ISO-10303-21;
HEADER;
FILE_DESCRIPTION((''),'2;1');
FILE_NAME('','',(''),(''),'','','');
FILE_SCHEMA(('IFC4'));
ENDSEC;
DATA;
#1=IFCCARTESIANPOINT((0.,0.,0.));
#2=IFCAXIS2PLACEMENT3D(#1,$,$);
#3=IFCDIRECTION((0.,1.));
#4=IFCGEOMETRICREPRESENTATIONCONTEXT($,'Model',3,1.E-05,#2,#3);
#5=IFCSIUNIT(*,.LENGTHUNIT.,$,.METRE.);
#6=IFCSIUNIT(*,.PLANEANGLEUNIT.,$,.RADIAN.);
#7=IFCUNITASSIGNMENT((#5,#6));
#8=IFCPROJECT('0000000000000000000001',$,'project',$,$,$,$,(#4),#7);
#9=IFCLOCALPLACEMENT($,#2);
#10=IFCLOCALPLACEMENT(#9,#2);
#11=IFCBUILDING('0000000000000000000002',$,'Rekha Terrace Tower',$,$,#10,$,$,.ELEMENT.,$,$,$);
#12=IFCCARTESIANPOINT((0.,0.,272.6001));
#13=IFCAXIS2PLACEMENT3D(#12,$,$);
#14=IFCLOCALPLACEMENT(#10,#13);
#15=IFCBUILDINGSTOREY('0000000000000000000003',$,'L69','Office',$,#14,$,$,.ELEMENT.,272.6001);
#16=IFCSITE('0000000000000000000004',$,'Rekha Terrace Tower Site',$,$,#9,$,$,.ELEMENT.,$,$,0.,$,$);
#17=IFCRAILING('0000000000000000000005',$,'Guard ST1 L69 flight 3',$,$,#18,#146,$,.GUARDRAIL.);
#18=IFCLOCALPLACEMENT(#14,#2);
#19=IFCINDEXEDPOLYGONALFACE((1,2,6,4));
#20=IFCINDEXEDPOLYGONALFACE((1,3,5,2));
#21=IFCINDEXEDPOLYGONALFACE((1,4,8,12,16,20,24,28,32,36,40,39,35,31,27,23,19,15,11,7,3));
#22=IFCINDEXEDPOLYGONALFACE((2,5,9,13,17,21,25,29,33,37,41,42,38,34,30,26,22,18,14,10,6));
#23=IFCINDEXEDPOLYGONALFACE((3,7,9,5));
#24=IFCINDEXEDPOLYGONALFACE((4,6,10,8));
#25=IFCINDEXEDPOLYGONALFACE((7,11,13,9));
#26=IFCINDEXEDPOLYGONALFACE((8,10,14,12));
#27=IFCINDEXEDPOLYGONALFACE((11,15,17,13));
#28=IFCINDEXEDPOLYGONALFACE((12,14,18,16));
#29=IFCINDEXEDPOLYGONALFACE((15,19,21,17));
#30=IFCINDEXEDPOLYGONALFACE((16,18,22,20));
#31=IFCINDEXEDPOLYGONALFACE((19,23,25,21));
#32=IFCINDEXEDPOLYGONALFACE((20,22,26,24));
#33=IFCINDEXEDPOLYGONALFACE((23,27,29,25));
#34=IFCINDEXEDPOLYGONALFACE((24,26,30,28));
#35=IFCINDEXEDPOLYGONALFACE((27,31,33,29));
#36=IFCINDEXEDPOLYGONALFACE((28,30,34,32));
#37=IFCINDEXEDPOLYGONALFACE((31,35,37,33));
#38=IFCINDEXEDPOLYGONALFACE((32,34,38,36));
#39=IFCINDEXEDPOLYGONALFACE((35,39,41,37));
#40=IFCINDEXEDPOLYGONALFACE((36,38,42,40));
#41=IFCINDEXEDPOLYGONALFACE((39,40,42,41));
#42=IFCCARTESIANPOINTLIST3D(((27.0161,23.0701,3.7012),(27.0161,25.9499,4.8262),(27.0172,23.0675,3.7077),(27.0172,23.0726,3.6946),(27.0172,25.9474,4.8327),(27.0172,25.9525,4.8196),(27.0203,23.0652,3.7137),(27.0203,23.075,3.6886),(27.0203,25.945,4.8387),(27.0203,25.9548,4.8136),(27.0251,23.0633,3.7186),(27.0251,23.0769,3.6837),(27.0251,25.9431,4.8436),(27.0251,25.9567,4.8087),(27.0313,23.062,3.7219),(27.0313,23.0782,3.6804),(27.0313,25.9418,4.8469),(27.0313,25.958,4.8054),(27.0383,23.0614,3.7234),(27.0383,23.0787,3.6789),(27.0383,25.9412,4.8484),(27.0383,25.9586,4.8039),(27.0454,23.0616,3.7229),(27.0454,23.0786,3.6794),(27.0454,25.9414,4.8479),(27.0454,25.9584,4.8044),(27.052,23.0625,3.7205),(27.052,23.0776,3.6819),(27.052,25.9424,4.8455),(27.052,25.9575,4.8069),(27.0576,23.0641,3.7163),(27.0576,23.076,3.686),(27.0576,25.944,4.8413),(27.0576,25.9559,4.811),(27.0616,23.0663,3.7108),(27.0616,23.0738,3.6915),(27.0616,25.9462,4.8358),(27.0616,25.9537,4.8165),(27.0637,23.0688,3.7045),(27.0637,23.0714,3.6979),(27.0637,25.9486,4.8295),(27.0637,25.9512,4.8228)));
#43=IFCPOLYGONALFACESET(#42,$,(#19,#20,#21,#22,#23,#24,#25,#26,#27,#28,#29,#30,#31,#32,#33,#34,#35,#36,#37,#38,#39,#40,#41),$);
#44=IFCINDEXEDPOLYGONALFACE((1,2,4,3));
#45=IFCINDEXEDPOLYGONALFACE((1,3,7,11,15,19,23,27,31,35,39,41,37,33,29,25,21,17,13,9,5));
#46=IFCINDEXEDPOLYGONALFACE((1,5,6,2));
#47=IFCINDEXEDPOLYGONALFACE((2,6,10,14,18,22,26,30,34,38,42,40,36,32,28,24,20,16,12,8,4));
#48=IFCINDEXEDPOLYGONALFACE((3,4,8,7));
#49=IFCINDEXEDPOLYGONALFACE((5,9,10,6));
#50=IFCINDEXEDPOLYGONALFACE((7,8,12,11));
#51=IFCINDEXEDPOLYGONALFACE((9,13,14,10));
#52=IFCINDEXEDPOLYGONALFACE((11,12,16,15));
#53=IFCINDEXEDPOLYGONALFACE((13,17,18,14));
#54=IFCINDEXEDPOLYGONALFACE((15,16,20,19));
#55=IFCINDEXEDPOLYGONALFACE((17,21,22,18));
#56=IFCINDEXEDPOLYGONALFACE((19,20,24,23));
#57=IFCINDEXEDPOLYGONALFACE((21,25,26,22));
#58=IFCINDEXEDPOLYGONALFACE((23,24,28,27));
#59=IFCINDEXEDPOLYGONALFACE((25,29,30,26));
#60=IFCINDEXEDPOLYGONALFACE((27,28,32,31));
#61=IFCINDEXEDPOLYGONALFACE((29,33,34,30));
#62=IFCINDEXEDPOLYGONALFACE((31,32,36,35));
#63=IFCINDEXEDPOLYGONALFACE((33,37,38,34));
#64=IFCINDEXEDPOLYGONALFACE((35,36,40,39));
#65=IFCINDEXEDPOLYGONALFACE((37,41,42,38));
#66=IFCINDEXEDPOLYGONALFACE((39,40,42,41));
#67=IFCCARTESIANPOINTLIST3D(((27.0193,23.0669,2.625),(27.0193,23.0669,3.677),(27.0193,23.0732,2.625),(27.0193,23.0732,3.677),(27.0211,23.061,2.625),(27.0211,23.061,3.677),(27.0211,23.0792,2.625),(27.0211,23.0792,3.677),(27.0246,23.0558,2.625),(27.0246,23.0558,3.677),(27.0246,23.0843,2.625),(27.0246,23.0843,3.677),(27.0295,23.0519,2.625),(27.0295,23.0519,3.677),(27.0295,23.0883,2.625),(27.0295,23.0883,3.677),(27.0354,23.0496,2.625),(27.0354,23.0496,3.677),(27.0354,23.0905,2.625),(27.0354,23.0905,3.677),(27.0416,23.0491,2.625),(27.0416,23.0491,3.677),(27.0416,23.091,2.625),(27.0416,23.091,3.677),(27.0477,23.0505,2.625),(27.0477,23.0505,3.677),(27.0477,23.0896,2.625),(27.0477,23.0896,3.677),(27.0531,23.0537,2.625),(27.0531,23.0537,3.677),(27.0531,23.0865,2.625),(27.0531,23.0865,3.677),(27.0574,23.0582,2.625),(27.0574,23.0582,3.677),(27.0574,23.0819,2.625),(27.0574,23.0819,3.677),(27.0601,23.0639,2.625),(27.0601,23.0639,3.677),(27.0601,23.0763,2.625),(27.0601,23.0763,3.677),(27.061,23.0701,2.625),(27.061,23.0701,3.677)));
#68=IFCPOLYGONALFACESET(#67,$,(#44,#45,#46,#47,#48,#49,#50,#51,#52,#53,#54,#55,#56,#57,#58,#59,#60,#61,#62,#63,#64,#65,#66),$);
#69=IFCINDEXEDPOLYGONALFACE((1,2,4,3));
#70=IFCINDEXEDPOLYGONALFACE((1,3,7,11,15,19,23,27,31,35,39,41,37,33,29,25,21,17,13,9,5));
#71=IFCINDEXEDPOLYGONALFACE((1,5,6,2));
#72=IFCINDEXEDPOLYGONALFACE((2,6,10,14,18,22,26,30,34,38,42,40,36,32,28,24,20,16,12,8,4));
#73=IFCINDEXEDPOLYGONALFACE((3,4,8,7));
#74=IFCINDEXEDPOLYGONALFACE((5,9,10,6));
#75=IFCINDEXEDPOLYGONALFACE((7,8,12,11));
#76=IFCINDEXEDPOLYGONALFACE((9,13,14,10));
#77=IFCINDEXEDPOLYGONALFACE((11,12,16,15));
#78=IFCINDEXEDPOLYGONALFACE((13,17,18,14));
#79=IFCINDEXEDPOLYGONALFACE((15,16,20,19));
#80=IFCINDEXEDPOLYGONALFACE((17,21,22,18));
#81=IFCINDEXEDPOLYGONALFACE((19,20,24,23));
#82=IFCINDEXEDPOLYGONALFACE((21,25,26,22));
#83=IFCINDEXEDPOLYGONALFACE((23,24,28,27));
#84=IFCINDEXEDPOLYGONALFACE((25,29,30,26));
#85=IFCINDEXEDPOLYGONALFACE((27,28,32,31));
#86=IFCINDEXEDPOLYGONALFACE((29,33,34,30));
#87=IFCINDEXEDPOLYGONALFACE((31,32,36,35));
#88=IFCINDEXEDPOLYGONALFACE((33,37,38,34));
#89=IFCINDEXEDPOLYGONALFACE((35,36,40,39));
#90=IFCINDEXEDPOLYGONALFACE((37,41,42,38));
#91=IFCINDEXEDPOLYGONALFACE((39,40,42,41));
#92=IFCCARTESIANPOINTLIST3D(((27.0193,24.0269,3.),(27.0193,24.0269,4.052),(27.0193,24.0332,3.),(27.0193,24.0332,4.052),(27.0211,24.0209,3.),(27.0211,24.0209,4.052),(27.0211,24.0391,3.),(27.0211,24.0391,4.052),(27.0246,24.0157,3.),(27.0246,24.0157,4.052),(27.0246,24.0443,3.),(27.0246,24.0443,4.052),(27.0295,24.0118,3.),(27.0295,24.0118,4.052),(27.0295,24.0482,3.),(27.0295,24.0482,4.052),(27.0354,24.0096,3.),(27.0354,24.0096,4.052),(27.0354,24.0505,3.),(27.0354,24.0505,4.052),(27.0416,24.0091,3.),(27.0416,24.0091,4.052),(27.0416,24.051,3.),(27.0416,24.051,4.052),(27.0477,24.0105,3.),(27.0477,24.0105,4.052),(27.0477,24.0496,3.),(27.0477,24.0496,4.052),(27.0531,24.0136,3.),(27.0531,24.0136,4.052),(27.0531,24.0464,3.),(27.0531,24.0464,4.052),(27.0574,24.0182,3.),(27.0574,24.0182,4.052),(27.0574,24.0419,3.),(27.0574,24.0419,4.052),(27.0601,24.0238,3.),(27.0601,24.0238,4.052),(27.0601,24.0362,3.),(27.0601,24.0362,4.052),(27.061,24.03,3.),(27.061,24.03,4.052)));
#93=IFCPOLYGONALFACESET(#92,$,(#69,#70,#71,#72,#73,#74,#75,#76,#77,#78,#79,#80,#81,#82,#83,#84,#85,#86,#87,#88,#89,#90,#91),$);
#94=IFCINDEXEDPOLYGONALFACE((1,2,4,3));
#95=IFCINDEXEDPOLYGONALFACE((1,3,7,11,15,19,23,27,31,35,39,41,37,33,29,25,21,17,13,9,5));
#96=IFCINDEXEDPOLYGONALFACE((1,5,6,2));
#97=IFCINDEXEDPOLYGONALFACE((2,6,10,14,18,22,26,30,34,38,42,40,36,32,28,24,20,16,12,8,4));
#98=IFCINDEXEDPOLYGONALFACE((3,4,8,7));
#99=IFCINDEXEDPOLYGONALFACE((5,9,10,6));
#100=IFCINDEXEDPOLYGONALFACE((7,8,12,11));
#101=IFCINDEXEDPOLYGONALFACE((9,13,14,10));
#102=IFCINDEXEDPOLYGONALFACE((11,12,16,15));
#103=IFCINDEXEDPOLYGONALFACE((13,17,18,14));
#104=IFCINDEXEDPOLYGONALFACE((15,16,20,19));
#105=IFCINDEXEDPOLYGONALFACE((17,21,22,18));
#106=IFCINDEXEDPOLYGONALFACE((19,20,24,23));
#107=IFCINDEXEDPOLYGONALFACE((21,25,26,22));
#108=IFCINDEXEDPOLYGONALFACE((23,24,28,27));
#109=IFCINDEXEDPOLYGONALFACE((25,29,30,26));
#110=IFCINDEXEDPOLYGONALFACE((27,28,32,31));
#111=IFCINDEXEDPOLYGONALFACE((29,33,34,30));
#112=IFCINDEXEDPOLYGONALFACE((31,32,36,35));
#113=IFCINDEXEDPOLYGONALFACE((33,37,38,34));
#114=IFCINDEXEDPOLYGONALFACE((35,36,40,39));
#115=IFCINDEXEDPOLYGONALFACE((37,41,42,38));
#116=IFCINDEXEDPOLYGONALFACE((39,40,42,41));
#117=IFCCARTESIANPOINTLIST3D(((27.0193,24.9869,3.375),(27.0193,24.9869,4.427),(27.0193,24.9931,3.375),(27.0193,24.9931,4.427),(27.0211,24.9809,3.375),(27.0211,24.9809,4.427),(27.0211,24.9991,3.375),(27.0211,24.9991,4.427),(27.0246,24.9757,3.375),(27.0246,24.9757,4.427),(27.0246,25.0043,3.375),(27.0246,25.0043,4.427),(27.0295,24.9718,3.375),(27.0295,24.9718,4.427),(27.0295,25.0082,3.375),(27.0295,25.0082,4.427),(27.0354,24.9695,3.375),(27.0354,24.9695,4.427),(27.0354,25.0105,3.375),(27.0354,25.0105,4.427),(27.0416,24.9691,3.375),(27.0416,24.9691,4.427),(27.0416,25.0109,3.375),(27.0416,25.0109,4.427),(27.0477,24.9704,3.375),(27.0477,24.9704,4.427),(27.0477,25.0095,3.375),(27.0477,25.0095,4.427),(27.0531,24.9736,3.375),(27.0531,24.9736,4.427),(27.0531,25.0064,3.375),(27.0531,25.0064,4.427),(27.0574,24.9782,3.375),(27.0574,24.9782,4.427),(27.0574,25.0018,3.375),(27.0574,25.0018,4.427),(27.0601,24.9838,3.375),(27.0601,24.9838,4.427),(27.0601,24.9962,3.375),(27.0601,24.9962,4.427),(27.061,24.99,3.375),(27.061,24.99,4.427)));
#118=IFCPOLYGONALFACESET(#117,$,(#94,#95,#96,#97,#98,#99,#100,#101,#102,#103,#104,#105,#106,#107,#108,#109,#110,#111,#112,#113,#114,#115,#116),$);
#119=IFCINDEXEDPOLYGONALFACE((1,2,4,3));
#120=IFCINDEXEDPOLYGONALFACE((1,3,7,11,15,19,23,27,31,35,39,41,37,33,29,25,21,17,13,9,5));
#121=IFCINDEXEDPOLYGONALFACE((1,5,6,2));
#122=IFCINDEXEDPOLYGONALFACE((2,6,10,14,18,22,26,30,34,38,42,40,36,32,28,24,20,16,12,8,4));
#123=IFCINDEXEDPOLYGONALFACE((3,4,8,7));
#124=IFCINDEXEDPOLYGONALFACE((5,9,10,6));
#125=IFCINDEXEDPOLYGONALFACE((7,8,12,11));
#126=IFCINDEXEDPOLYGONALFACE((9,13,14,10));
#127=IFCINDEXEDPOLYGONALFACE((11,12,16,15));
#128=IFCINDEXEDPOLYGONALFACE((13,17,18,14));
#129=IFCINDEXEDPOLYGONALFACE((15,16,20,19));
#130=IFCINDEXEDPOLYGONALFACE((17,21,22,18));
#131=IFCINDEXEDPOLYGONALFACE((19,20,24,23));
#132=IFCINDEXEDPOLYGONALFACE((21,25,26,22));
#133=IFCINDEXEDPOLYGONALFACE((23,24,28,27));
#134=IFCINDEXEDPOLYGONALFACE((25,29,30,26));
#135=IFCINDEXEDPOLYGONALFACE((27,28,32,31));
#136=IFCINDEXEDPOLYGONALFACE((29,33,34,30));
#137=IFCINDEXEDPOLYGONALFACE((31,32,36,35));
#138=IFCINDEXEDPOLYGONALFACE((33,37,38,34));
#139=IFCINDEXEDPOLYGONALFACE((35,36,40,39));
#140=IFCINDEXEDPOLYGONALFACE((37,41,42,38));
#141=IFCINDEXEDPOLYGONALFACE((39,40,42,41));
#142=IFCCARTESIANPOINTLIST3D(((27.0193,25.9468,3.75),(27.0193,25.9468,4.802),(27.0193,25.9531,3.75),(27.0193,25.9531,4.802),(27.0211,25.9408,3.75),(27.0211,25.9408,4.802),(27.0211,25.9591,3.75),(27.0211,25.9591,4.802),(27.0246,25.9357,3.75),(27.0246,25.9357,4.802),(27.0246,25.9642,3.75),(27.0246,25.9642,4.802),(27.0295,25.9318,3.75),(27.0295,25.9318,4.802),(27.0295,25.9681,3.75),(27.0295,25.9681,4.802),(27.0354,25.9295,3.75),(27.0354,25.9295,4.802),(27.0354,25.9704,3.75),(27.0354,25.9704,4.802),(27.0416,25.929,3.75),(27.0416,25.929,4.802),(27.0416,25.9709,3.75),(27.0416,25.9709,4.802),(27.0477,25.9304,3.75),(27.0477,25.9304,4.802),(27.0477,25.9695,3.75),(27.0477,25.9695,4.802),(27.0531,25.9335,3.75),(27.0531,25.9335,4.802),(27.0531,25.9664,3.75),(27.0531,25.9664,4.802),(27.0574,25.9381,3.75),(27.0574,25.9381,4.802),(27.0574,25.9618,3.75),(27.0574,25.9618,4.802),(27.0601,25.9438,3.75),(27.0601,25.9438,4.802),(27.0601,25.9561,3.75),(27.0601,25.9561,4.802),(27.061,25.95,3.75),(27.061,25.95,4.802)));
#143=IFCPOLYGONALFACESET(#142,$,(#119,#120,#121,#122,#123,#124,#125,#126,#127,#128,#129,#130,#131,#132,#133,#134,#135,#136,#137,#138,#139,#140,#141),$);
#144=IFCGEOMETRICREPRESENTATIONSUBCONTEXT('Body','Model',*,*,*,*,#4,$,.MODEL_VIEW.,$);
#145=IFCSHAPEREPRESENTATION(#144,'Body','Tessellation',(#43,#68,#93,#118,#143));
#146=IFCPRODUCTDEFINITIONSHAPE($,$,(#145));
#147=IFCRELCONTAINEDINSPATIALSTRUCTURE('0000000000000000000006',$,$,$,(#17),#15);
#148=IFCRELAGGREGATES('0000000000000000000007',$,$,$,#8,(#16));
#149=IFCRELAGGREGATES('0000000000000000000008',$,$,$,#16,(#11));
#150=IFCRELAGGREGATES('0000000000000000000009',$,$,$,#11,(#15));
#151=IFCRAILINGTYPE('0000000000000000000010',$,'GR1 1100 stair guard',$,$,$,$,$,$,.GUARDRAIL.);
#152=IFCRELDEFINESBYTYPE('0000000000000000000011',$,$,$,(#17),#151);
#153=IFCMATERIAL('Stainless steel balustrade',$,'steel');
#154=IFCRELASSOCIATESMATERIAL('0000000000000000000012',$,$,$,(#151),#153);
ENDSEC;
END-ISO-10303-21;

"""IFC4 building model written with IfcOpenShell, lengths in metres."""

from ifc_helpers import new_model, si_unit, direction, frame, origin, origin_2d, place, context, subcontext, project, spatial, circle, extrude, material, type_object, element, save


model = new_model("IFC4")

# Units and contexts
model_context = context("Model", 3, precision=1e-05, world=origin(), true_north=direction((0.0, 1.0)))
body_context = subcontext(model_context, "Body", "Model", "MODEL_VIEW")
ifc_project = project(units=[si_unit("LENGTHUNIT", "METRE"), si_unit("PLANEANGLEUNIT", "RADIAN")], contexts=[model_context])

# Site, building, storey
site_placement = place(None, origin())
site = spatial("IfcSite", under=ifc_project, at=site_placement, Name="Rekha Terrace Tower Site", CompositionType="ELEMENT", RefElevation=0.0)
building_placement = place(site_placement, origin())
building = spatial("IfcBuilding", under=site, at=building_placement, Name="Rekha Terrace Tower", CompositionType="ELEMENT")
storey_placement = place(building_placement, frame((0.0, 0.0, 272.6001)))
storey = spatial("IfcBuildingStorey", under=building, at=storey_placement, Name="L69", Description="Office", CompositionType="ELEMENT", Elevation=272.6001)

# Railing
ifc_material_1 = material(Name="Stainless steel balustrade", Category="steel")
railing_type_1 = type_object("IfcRailingType", Name="GR1 1100 stair guard", PredefinedType="GUARDRAIL", material=ifc_material_1)
railing_1_placement = place(storey_placement, frame((27.04, 23.0701, 2.625)))
element("IfcRailing", 1, at=railing_1_placement, inside=storey, type_object=railing_type_1, Name="Guard ST1 L69 flight 3", PredefinedType="GUARDRAIL", context=body_context, shape_type="SweptSolid", body=[
    extrude(circle(Radius=0.0239, at=origin_2d()), frame((0.0, 0.0, 1.0762), z_axis=(0.0, 0.931452, 0.363863), x_axis=(-1.0, 0.0, 0.0)), (0.0, 0.0, 1.0), 3.0918),
    extrude(circle(Radius=0.021, at=origin_2d()), origin(), (0.0, 0.0, 1.0), 1.052),
    extrude(circle(Radius=0.021, at=origin_2d()), frame((0.0, 0.96, 0.375)), (0.0, 0.0, 1.0), 1.052),
    extrude(circle(Radius=0.021, at=origin_2d()), frame((0.0, 1.9199, 0.75)), (0.0, 0.0, 1.0), 1.052),
    extrude(circle(Radius=0.021, at=origin_2d()), frame((0.0, 2.8799, 1.125)), (0.0, 0.0, 1.0), 1.052),
])

save(model, "model.ifc")
